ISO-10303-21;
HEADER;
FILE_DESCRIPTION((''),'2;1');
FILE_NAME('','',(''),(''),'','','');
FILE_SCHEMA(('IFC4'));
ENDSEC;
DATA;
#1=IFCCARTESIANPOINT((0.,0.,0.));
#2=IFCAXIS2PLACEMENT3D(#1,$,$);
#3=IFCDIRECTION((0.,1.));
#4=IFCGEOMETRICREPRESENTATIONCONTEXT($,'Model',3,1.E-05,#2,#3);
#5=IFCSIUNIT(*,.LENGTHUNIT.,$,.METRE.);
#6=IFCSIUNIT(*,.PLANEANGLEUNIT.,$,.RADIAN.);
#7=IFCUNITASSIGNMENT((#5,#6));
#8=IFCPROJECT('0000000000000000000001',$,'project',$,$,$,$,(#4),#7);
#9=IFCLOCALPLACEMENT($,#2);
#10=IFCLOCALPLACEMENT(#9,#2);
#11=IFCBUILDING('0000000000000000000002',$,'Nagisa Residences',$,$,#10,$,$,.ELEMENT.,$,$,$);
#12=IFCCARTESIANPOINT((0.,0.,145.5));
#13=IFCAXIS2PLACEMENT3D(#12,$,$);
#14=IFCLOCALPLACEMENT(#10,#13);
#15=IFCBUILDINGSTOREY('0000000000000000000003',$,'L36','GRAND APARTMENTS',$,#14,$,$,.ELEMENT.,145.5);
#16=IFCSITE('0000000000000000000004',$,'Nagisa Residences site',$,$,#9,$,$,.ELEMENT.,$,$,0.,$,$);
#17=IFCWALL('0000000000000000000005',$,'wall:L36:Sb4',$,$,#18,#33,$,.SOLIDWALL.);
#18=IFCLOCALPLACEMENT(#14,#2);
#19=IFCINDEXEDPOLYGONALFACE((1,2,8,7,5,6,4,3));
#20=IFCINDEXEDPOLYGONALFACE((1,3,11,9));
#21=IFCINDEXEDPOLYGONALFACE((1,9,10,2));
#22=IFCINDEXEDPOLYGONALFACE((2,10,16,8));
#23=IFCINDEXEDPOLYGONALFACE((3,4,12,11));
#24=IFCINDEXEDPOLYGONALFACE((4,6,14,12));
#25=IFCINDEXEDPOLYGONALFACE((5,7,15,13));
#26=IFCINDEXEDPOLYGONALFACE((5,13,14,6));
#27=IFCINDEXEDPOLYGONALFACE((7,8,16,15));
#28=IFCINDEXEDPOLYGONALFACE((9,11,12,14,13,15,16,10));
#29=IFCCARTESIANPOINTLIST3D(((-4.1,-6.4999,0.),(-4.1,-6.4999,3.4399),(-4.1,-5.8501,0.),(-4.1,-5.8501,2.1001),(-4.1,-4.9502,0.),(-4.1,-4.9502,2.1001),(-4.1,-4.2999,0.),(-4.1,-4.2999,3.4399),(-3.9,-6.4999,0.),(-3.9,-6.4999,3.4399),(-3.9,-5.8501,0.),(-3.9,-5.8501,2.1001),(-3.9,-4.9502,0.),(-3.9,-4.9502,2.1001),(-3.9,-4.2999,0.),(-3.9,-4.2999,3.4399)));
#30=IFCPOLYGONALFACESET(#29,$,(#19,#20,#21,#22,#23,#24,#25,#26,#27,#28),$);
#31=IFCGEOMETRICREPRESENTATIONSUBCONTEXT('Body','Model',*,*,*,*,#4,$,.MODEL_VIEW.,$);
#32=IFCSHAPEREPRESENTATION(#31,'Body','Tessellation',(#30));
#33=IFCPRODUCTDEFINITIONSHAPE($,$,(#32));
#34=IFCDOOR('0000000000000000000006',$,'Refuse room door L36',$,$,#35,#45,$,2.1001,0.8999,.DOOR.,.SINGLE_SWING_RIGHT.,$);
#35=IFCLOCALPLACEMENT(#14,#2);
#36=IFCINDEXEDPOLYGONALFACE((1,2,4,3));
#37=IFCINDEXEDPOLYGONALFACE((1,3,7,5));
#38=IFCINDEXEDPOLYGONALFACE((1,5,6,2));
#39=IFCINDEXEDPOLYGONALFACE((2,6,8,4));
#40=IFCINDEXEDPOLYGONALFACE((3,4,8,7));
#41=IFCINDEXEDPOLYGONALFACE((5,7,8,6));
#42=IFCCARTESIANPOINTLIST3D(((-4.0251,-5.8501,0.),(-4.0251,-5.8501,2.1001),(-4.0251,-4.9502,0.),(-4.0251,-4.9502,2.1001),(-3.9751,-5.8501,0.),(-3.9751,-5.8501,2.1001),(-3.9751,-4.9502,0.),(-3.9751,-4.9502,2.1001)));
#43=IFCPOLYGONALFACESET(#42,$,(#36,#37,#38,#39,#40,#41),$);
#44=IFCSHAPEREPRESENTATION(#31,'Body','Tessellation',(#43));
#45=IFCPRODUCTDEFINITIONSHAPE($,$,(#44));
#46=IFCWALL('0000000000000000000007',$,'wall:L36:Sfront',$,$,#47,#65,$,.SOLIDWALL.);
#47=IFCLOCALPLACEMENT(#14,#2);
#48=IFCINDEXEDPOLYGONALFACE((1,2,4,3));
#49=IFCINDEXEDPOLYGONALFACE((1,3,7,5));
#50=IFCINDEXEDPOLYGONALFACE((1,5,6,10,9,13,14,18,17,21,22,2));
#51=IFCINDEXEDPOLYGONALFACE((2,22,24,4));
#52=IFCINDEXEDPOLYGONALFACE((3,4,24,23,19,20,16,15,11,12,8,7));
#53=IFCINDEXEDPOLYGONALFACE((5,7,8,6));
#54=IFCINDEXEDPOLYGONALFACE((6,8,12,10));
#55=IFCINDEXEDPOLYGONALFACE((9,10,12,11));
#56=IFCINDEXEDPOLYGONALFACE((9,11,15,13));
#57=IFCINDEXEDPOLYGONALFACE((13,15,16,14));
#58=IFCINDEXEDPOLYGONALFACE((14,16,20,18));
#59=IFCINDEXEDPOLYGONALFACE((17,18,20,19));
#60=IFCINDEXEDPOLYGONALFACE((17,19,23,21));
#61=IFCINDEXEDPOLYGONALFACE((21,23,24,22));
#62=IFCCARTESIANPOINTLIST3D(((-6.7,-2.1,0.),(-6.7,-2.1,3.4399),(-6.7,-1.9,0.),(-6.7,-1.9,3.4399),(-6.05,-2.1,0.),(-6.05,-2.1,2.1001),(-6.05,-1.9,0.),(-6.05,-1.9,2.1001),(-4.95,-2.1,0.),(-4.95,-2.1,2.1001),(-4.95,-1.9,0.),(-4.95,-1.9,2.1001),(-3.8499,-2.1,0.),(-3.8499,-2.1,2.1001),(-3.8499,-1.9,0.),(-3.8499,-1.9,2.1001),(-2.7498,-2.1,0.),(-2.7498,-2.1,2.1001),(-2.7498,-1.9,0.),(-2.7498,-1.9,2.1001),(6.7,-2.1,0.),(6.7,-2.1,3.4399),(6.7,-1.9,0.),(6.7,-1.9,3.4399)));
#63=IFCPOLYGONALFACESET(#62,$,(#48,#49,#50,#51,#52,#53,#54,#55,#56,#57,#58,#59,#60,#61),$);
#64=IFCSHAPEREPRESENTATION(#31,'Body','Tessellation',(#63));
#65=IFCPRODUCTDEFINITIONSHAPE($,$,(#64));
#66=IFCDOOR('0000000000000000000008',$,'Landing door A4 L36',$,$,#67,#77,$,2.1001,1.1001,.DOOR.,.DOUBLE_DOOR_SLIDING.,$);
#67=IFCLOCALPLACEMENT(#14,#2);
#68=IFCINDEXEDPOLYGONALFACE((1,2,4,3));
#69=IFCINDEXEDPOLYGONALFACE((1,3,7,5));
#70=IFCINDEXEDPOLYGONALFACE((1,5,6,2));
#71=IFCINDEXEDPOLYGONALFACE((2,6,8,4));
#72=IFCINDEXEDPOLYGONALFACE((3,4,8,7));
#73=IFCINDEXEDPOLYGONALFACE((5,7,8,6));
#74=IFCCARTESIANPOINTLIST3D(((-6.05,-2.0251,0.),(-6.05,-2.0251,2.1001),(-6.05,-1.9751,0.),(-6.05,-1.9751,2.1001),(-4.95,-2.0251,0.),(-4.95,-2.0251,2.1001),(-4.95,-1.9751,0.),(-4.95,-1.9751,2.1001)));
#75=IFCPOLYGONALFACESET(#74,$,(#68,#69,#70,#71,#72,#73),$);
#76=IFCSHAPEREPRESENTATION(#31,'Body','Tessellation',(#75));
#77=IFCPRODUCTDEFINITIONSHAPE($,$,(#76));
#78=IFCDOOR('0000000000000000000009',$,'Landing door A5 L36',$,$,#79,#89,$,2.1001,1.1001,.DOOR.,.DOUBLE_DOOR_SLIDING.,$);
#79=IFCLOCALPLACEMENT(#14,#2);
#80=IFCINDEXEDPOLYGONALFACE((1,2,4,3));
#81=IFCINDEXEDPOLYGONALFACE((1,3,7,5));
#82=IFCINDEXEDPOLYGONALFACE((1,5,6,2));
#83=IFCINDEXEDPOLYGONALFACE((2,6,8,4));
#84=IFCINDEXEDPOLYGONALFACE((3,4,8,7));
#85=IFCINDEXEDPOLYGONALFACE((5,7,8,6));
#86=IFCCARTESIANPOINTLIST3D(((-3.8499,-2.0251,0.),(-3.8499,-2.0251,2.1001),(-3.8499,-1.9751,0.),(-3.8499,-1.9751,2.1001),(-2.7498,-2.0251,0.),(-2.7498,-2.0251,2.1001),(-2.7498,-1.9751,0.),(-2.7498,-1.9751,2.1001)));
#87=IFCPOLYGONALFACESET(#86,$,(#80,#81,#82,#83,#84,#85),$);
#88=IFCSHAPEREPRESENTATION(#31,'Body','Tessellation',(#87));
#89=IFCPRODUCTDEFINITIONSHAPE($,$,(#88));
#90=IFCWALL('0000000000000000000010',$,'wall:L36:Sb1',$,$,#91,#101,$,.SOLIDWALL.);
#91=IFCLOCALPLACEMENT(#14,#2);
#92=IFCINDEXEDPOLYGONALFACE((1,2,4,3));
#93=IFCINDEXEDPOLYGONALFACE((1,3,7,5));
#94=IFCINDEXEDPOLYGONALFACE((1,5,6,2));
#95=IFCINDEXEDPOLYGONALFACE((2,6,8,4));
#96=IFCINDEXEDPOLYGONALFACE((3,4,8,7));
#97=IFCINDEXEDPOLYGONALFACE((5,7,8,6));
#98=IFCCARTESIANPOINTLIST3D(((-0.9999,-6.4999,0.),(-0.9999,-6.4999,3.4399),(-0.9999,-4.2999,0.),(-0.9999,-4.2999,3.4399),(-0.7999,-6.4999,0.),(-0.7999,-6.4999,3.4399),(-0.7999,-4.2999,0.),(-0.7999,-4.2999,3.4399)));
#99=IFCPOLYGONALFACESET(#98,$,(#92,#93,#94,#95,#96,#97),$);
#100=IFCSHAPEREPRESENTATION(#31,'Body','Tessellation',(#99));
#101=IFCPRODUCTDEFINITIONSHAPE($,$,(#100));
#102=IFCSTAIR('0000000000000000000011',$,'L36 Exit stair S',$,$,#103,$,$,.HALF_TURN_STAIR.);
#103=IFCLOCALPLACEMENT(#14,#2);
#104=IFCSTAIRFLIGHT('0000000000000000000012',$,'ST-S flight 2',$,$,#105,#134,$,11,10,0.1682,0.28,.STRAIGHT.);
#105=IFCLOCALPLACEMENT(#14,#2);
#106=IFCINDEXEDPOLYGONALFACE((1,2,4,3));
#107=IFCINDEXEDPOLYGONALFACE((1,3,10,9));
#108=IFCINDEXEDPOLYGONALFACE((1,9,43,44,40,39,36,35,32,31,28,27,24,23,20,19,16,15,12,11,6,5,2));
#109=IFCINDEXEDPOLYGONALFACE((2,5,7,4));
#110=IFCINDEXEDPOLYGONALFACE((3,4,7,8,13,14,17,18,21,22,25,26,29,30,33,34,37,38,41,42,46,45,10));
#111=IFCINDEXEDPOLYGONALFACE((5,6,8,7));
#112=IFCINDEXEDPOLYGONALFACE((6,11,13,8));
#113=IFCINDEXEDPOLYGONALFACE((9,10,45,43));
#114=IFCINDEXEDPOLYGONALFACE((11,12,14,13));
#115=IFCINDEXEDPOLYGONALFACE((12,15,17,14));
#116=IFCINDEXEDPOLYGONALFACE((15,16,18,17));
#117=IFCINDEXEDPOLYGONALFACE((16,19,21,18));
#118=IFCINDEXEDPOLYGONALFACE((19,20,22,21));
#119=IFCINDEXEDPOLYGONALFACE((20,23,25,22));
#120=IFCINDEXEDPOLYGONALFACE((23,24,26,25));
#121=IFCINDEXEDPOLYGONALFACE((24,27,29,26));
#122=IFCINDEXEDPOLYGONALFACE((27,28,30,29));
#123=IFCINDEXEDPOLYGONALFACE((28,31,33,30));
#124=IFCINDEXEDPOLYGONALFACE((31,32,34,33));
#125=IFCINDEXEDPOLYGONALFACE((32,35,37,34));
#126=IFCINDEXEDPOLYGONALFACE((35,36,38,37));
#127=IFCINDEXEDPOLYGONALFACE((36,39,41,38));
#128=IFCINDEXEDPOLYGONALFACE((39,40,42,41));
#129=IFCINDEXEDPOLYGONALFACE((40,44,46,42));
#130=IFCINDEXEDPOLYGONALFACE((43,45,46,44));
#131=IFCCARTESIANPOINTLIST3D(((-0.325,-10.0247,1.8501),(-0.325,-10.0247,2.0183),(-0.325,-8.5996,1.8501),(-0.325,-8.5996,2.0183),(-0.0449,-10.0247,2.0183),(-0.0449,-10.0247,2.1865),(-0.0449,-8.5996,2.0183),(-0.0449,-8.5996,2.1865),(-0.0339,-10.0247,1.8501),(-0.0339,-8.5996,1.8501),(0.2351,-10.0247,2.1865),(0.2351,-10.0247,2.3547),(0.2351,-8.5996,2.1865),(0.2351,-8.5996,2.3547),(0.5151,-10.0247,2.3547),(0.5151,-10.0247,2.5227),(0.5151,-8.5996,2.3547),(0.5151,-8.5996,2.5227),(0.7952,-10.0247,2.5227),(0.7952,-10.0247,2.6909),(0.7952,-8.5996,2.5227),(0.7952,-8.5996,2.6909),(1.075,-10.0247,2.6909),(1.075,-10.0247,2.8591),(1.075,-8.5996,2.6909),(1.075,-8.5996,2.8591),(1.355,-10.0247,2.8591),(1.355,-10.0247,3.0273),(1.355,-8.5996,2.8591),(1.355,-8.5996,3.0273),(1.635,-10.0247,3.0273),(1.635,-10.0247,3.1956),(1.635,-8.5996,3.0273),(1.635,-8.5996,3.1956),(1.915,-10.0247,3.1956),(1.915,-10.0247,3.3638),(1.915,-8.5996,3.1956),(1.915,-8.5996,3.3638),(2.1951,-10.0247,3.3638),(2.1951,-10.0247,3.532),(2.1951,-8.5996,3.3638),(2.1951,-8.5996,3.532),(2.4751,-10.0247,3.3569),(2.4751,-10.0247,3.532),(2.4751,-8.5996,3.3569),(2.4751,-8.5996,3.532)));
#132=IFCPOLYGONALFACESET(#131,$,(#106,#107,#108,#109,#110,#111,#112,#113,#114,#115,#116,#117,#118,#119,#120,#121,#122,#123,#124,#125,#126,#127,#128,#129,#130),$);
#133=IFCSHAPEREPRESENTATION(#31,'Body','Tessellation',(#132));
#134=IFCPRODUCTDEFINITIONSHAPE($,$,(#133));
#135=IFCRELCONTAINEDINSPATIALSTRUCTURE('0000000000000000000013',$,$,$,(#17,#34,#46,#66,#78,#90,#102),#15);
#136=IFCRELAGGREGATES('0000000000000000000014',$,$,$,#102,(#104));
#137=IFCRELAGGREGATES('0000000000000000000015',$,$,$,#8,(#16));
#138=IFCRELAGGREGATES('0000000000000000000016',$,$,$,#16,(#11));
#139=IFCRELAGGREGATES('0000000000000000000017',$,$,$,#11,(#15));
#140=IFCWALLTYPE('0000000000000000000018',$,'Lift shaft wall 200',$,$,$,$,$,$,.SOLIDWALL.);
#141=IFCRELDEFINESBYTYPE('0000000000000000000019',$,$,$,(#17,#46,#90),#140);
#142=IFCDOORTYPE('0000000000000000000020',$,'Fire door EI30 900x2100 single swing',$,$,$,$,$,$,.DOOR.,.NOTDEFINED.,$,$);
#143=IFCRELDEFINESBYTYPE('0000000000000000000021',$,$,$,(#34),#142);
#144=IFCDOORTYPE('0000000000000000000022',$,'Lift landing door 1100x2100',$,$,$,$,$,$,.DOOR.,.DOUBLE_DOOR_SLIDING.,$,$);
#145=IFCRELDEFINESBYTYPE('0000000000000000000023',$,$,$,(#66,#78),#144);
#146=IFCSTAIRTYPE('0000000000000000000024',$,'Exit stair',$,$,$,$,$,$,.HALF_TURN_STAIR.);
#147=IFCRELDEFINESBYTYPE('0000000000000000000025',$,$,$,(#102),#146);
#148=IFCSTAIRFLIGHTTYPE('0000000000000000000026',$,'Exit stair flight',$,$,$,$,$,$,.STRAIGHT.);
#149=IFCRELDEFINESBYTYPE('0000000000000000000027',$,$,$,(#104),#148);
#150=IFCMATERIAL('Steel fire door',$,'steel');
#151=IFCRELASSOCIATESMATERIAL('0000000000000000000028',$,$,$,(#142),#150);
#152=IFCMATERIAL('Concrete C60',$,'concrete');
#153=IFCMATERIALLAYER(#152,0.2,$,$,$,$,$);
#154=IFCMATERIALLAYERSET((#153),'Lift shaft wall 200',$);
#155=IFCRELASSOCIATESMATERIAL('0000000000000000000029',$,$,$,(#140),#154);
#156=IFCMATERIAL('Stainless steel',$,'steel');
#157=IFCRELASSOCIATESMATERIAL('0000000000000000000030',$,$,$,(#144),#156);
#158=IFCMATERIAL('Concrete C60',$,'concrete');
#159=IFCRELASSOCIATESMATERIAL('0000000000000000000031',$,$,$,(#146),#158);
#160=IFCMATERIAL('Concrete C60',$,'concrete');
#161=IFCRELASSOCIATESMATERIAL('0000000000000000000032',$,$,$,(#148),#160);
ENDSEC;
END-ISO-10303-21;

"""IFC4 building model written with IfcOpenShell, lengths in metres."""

from ifc_helpers import new_model, si_unit, direction, frame, frame_2d, origin, place, context, subcontext, project, spatial, polyline, rectangle, outline, extrude, material, layer, layer_set, type_object, element, fill, aggregate, save


model = new_model("IFC4")

# Units and contexts
model_context = context("Model", 3, precision=1e-05, world=origin(), true_north=direction((0.0, 1.0)))
body_context = subcontext(model_context, "Body", "Model", "MODEL_VIEW")
ifc_project = project(units=[si_unit("LENGTHUNIT", "METRE"), si_unit("PLANEANGLEUNIT", "RADIAN")], contexts=[model_context])

# Site, building, storey
site_placement = place(None, origin())
site = spatial("IfcSite", under=ifc_project, at=site_placement, Name="Nagisa Residences site", CompositionType="ELEMENT", RefElevation=0.0)
building_placement = place(site_placement, origin())
building = spatial("IfcBuilding", under=site, at=building_placement, Name="Nagisa Residences", CompositionType="ELEMENT")
storey_placement = place(building_placement, frame((0.0, 0.0, 145.5)))
storey = spatial("IfcBuildingStorey", under=building, at=storey_placement, Name="L36", Description="GRAND APARTMENTS", CompositionType="ELEMENT", Elevation=145.5)

# Wall, opening, door
ifc_material_1 = material(Name="Steel fire door", Category="steel")
door_type_1 = type_object("IfcDoorType", Name="Fire door EI30 900x2100 single swing", OperationType="NOTDEFINED", PredefinedType="DOOR", material=ifc_material_1)
ifc_material_2 = material(Name="Concrete C60", Category="concrete")
ifc_layer_1 = layer(ifc_material_2, 0.2)
ifc_layer_set_1 = layer_set([ifc_layer_1], Name="Lift shaft wall 200")
wall_type_1 = type_object("IfcWallType", Name="Lift shaft wall 200", PredefinedType="SOLIDWALL", material=ifc_layer_set_1)
wall_1_placement = place(storey_placement, frame((-4.0, -6.5, 0.0), z_axis=(0.0, 0.0, 1.0), x_axis=(0.0, 1.0, 0.0)))
wall_1 = element("IfcWall", 1, at=wall_1_placement, inside=storey, type_object=wall_type_1, Name="wall:L36:Sb4", PredefinedType="SOLIDWALL", context=body_context, shape_type="SweptSolid", body=[
    extrude(rectangle(XDim=2.2, YDim=0.2, at=frame_2d((1.1001, 0.0))), origin(), (0.0, 0.0, 1.0), 3.4399),
])
opening_1_placement = place(wall_1_placement, frame((0.6499, 0.0, 0.0)))
opening_1 = element("IfcOpeningElement", 2, at=opening_1_placement, cuts=wall_1, PredefinedType="OPENING", context=body_context, shape_type="SweptSolid", body=[
    extrude(rectangle(XDim=0.8999, YDim=2.1001, at=frame_2d((0.45, 1.05))), frame((0.0, 0.1099, 0.0), z_axis=(0.0, -1.0, 0.0), x_axis=(1.0, 0.0, 0.0)), (0.0, 0.0, 1.0), 0.22),
])
door_1_placement = place(opening_1_placement, frame((0.8999, 0.0, 0.0), x_axis=(-1.0, 0.0, 0.0)))
door_1 = element("IfcDoor", 3, at=door_1_placement, inside=storey, type_object=door_type_1, Name="Refuse room door L36", OperationType="SINGLE_SWING_RIGHT", OverallHeight=2.1001, OverallWidth=0.8999, PredefinedType="DOOR", context=body_context, shape_type="SweptSolid", body=[
    extrude(rectangle(XDim=0.8999, YDim=2.1001, at=frame_2d((0.45, 1.05))), frame((0.0, 0.0249, 0.0), z_axis=(0.0, -1.0, 0.0), x_axis=(1.0, 0.0, 0.0)), (0.0, 0.0, 1.0), 0.05),
])
fill(opening_1, door_1)

# Wall, openings, doors
wall_2_placement = place(storey_placement, frame((-6.7, -2.0, 0.0), z_axis=(0.0, 0.0, 1.0), x_axis=(1.0, 0.0, 0.0)))
wall_2 = element("IfcWall", 4, at=wall_2_placement, inside=storey, type_object=wall_type_1, Name="wall:L36:Sfront", PredefinedType="SOLIDWALL", context=body_context, shape_type="SweptSolid", body=[
    extrude(rectangle(XDim=13.3999, YDim=0.2, at=frame_2d((6.7, 0.0))), origin(), (0.0, 0.0, 1.0), 3.4399),
])
opening_2_placement = place(wall_2_placement, frame((0.6499, 0.0, 0.0)))
opening_2 = element("IfcOpeningElement", 5, at=opening_2_placement, cuts=wall_2, PredefinedType="OPENING", context=body_context, shape_type="SweptSolid", body=[
    extrude(rectangle(XDim=1.1001, YDim=2.1001, at=frame_2d((0.55, 1.05))), frame((0.0, 0.1099, 0.0), z_axis=(0.0, -1.0, 0.0), x_axis=(1.0, 0.0, 0.0)), (0.0, 0.0, 1.0), 0.22),
])
opening_3_placement = place(wall_2_placement, frame((2.8501, 0.0, 0.0)))
opening_3 = element("IfcOpeningElement", 6, at=opening_3_placement, cuts=wall_2, PredefinedType="OPENING", context=body_context, shape_type="SweptSolid", body=[
    extrude(rectangle(XDim=1.1001, YDim=2.1001, at=frame_2d((0.55, 1.05))), frame((0.0, 0.1099, 0.0), z_axis=(0.0, -1.0, 0.0), x_axis=(1.0, 0.0, 0.0)), (0.0, 0.0, 1.0), 0.22),
])
ifc_material_3 = material(Name="Stainless steel", Category="steel")
door_type_2 = type_object("IfcDoorType", Name="Lift landing door 1100x2100", OperationType="DOUBLE_DOOR_SLIDING", PredefinedType="DOOR", material=ifc_material_3)
door_2_placement = place(opening_2_placement, origin())
door_2 = element("IfcDoor", 7, at=door_2_placement, inside=storey, type_object=door_type_2, Name="Landing door A4 L36", OperationType="DOUBLE_DOOR_SLIDING", OverallHeight=2.1001, OverallWidth=1.1001, PredefinedType="DOOR", context=body_context, shape_type="SweptSolid", body=[
    extrude(rectangle(XDim=1.1001, YDim=2.1001, at=frame_2d((0.55, 1.05))), frame((0.0, 0.0249, 0.0), z_axis=(0.0, -1.0, 0.0), x_axis=(1.0, 0.0, 0.0)), (0.0, 0.0, 1.0), 0.05),
])
fill(opening_2, door_2)
door_3_placement = place(opening_3_placement, origin())
door_3 = element("IfcDoor", 8, at=door_3_placement, inside=storey, type_object=door_type_2, Name="Landing door A5 L36", OperationType="DOUBLE_DOOR_SLIDING", OverallHeight=2.1001, OverallWidth=1.1001, PredefinedType="DOOR", context=body_context, shape_type="SweptSolid", body=[
    extrude(rectangle(XDim=1.1001, YDim=2.1001, at=frame_2d((0.55, 1.05))), frame((0.0, 0.0249, 0.0), z_axis=(0.0, -1.0, 0.0), x_axis=(1.0, 0.0, 0.0)), (0.0, 0.0, 1.0), 0.05),
])
fill(opening_3, door_3)

# Wall
wall_3_placement = place(storey_placement, frame((-0.8999, -6.5, 0.0), z_axis=(0.0, 0.0, 1.0), x_axis=(0.0, 1.0, 0.0)))
element("IfcWall", 9, at=wall_3_placement, inside=storey, type_object=wall_type_1, Name="wall:L36:Sb1", PredefinedType="SOLIDWALL", context=body_context, shape_type="SweptSolid", body=[
    extrude(rectangle(XDim=2.2, YDim=0.2, at=frame_2d((1.1001, 0.0))), origin(), (0.0, 0.0, 1.0), 3.4399),
])

# Stair, stair flight
ifc_material_4 = material(Name="Concrete C60", Category="concrete")
stair_type = type_object("IfcStairType", Name="Exit stair", PredefinedType="HALF_TURN_STAIR", material=ifc_material_4)
stair_placement = place(storey_placement, origin())
stair = element("IfcStair", 10, at=stair_placement, inside=storey, type_object=stair_type, Name="L36 Exit stair S", PredefinedType="HALF_TURN_STAIR")
ifc_material_5 = material(Name="Concrete C60", Category="concrete")
stair_flight_type = type_object("IfcStairFlightType", Name="Exit stair flight", PredefinedType="STRAIGHT", material=ifc_material_5)
stair_flight_placement = place(storey_placement, frame((-0.325, -9.312, 1.8501), z_axis=(0.0, 0.0, 1.0), x_axis=(1.0, 0.0, 0.0)))
stair_flight = element("IfcStairFlight", 11, at=stair_flight_placement, type_object=stair_flight_type, Name="ST-S flight 2", NumberOfRisers=11, NumberOfTreads=10, PredefinedType="STRAIGHT", RiserHeight=0.1682, TreadLength=0.28, context=body_context, shape_type="SweptSolid", body=[
    extrude(outline(polyline([(0.0, 0.0), (0.0, 0.1682), (0.28, 0.1682), (0.28, 0.3364), (0.5601, 0.3364), (0.5601, 0.5046), (0.8401, 0.5046), (0.8401, 0.6726), (1.1201, 0.6726), (1.1201, 0.8408), (1.3999, 0.8408), (1.3999, 1.009), (1.6799, 1.009), (1.6799, 1.1772), (1.96, 1.1772), (1.96, 1.3455), (2.24, 1.3455), (2.24, 1.5137), (2.52, 1.5137), (2.52, 1.6819), (2.8, 1.6819), (2.8, 1.8501), (2.8, 1.5068), (0.291, 0.0), (0.0, 0.0)])), frame((0.0, 0.7124, 0.0), z_axis=(0.0, -1.0, 0.0), x_axis=(1.0, 0.0, 0.0)), (0.0, 0.0, 1.0), 1.425),
])
aggregate(stair, [stair_flight])

save(model, "model.ifc")
